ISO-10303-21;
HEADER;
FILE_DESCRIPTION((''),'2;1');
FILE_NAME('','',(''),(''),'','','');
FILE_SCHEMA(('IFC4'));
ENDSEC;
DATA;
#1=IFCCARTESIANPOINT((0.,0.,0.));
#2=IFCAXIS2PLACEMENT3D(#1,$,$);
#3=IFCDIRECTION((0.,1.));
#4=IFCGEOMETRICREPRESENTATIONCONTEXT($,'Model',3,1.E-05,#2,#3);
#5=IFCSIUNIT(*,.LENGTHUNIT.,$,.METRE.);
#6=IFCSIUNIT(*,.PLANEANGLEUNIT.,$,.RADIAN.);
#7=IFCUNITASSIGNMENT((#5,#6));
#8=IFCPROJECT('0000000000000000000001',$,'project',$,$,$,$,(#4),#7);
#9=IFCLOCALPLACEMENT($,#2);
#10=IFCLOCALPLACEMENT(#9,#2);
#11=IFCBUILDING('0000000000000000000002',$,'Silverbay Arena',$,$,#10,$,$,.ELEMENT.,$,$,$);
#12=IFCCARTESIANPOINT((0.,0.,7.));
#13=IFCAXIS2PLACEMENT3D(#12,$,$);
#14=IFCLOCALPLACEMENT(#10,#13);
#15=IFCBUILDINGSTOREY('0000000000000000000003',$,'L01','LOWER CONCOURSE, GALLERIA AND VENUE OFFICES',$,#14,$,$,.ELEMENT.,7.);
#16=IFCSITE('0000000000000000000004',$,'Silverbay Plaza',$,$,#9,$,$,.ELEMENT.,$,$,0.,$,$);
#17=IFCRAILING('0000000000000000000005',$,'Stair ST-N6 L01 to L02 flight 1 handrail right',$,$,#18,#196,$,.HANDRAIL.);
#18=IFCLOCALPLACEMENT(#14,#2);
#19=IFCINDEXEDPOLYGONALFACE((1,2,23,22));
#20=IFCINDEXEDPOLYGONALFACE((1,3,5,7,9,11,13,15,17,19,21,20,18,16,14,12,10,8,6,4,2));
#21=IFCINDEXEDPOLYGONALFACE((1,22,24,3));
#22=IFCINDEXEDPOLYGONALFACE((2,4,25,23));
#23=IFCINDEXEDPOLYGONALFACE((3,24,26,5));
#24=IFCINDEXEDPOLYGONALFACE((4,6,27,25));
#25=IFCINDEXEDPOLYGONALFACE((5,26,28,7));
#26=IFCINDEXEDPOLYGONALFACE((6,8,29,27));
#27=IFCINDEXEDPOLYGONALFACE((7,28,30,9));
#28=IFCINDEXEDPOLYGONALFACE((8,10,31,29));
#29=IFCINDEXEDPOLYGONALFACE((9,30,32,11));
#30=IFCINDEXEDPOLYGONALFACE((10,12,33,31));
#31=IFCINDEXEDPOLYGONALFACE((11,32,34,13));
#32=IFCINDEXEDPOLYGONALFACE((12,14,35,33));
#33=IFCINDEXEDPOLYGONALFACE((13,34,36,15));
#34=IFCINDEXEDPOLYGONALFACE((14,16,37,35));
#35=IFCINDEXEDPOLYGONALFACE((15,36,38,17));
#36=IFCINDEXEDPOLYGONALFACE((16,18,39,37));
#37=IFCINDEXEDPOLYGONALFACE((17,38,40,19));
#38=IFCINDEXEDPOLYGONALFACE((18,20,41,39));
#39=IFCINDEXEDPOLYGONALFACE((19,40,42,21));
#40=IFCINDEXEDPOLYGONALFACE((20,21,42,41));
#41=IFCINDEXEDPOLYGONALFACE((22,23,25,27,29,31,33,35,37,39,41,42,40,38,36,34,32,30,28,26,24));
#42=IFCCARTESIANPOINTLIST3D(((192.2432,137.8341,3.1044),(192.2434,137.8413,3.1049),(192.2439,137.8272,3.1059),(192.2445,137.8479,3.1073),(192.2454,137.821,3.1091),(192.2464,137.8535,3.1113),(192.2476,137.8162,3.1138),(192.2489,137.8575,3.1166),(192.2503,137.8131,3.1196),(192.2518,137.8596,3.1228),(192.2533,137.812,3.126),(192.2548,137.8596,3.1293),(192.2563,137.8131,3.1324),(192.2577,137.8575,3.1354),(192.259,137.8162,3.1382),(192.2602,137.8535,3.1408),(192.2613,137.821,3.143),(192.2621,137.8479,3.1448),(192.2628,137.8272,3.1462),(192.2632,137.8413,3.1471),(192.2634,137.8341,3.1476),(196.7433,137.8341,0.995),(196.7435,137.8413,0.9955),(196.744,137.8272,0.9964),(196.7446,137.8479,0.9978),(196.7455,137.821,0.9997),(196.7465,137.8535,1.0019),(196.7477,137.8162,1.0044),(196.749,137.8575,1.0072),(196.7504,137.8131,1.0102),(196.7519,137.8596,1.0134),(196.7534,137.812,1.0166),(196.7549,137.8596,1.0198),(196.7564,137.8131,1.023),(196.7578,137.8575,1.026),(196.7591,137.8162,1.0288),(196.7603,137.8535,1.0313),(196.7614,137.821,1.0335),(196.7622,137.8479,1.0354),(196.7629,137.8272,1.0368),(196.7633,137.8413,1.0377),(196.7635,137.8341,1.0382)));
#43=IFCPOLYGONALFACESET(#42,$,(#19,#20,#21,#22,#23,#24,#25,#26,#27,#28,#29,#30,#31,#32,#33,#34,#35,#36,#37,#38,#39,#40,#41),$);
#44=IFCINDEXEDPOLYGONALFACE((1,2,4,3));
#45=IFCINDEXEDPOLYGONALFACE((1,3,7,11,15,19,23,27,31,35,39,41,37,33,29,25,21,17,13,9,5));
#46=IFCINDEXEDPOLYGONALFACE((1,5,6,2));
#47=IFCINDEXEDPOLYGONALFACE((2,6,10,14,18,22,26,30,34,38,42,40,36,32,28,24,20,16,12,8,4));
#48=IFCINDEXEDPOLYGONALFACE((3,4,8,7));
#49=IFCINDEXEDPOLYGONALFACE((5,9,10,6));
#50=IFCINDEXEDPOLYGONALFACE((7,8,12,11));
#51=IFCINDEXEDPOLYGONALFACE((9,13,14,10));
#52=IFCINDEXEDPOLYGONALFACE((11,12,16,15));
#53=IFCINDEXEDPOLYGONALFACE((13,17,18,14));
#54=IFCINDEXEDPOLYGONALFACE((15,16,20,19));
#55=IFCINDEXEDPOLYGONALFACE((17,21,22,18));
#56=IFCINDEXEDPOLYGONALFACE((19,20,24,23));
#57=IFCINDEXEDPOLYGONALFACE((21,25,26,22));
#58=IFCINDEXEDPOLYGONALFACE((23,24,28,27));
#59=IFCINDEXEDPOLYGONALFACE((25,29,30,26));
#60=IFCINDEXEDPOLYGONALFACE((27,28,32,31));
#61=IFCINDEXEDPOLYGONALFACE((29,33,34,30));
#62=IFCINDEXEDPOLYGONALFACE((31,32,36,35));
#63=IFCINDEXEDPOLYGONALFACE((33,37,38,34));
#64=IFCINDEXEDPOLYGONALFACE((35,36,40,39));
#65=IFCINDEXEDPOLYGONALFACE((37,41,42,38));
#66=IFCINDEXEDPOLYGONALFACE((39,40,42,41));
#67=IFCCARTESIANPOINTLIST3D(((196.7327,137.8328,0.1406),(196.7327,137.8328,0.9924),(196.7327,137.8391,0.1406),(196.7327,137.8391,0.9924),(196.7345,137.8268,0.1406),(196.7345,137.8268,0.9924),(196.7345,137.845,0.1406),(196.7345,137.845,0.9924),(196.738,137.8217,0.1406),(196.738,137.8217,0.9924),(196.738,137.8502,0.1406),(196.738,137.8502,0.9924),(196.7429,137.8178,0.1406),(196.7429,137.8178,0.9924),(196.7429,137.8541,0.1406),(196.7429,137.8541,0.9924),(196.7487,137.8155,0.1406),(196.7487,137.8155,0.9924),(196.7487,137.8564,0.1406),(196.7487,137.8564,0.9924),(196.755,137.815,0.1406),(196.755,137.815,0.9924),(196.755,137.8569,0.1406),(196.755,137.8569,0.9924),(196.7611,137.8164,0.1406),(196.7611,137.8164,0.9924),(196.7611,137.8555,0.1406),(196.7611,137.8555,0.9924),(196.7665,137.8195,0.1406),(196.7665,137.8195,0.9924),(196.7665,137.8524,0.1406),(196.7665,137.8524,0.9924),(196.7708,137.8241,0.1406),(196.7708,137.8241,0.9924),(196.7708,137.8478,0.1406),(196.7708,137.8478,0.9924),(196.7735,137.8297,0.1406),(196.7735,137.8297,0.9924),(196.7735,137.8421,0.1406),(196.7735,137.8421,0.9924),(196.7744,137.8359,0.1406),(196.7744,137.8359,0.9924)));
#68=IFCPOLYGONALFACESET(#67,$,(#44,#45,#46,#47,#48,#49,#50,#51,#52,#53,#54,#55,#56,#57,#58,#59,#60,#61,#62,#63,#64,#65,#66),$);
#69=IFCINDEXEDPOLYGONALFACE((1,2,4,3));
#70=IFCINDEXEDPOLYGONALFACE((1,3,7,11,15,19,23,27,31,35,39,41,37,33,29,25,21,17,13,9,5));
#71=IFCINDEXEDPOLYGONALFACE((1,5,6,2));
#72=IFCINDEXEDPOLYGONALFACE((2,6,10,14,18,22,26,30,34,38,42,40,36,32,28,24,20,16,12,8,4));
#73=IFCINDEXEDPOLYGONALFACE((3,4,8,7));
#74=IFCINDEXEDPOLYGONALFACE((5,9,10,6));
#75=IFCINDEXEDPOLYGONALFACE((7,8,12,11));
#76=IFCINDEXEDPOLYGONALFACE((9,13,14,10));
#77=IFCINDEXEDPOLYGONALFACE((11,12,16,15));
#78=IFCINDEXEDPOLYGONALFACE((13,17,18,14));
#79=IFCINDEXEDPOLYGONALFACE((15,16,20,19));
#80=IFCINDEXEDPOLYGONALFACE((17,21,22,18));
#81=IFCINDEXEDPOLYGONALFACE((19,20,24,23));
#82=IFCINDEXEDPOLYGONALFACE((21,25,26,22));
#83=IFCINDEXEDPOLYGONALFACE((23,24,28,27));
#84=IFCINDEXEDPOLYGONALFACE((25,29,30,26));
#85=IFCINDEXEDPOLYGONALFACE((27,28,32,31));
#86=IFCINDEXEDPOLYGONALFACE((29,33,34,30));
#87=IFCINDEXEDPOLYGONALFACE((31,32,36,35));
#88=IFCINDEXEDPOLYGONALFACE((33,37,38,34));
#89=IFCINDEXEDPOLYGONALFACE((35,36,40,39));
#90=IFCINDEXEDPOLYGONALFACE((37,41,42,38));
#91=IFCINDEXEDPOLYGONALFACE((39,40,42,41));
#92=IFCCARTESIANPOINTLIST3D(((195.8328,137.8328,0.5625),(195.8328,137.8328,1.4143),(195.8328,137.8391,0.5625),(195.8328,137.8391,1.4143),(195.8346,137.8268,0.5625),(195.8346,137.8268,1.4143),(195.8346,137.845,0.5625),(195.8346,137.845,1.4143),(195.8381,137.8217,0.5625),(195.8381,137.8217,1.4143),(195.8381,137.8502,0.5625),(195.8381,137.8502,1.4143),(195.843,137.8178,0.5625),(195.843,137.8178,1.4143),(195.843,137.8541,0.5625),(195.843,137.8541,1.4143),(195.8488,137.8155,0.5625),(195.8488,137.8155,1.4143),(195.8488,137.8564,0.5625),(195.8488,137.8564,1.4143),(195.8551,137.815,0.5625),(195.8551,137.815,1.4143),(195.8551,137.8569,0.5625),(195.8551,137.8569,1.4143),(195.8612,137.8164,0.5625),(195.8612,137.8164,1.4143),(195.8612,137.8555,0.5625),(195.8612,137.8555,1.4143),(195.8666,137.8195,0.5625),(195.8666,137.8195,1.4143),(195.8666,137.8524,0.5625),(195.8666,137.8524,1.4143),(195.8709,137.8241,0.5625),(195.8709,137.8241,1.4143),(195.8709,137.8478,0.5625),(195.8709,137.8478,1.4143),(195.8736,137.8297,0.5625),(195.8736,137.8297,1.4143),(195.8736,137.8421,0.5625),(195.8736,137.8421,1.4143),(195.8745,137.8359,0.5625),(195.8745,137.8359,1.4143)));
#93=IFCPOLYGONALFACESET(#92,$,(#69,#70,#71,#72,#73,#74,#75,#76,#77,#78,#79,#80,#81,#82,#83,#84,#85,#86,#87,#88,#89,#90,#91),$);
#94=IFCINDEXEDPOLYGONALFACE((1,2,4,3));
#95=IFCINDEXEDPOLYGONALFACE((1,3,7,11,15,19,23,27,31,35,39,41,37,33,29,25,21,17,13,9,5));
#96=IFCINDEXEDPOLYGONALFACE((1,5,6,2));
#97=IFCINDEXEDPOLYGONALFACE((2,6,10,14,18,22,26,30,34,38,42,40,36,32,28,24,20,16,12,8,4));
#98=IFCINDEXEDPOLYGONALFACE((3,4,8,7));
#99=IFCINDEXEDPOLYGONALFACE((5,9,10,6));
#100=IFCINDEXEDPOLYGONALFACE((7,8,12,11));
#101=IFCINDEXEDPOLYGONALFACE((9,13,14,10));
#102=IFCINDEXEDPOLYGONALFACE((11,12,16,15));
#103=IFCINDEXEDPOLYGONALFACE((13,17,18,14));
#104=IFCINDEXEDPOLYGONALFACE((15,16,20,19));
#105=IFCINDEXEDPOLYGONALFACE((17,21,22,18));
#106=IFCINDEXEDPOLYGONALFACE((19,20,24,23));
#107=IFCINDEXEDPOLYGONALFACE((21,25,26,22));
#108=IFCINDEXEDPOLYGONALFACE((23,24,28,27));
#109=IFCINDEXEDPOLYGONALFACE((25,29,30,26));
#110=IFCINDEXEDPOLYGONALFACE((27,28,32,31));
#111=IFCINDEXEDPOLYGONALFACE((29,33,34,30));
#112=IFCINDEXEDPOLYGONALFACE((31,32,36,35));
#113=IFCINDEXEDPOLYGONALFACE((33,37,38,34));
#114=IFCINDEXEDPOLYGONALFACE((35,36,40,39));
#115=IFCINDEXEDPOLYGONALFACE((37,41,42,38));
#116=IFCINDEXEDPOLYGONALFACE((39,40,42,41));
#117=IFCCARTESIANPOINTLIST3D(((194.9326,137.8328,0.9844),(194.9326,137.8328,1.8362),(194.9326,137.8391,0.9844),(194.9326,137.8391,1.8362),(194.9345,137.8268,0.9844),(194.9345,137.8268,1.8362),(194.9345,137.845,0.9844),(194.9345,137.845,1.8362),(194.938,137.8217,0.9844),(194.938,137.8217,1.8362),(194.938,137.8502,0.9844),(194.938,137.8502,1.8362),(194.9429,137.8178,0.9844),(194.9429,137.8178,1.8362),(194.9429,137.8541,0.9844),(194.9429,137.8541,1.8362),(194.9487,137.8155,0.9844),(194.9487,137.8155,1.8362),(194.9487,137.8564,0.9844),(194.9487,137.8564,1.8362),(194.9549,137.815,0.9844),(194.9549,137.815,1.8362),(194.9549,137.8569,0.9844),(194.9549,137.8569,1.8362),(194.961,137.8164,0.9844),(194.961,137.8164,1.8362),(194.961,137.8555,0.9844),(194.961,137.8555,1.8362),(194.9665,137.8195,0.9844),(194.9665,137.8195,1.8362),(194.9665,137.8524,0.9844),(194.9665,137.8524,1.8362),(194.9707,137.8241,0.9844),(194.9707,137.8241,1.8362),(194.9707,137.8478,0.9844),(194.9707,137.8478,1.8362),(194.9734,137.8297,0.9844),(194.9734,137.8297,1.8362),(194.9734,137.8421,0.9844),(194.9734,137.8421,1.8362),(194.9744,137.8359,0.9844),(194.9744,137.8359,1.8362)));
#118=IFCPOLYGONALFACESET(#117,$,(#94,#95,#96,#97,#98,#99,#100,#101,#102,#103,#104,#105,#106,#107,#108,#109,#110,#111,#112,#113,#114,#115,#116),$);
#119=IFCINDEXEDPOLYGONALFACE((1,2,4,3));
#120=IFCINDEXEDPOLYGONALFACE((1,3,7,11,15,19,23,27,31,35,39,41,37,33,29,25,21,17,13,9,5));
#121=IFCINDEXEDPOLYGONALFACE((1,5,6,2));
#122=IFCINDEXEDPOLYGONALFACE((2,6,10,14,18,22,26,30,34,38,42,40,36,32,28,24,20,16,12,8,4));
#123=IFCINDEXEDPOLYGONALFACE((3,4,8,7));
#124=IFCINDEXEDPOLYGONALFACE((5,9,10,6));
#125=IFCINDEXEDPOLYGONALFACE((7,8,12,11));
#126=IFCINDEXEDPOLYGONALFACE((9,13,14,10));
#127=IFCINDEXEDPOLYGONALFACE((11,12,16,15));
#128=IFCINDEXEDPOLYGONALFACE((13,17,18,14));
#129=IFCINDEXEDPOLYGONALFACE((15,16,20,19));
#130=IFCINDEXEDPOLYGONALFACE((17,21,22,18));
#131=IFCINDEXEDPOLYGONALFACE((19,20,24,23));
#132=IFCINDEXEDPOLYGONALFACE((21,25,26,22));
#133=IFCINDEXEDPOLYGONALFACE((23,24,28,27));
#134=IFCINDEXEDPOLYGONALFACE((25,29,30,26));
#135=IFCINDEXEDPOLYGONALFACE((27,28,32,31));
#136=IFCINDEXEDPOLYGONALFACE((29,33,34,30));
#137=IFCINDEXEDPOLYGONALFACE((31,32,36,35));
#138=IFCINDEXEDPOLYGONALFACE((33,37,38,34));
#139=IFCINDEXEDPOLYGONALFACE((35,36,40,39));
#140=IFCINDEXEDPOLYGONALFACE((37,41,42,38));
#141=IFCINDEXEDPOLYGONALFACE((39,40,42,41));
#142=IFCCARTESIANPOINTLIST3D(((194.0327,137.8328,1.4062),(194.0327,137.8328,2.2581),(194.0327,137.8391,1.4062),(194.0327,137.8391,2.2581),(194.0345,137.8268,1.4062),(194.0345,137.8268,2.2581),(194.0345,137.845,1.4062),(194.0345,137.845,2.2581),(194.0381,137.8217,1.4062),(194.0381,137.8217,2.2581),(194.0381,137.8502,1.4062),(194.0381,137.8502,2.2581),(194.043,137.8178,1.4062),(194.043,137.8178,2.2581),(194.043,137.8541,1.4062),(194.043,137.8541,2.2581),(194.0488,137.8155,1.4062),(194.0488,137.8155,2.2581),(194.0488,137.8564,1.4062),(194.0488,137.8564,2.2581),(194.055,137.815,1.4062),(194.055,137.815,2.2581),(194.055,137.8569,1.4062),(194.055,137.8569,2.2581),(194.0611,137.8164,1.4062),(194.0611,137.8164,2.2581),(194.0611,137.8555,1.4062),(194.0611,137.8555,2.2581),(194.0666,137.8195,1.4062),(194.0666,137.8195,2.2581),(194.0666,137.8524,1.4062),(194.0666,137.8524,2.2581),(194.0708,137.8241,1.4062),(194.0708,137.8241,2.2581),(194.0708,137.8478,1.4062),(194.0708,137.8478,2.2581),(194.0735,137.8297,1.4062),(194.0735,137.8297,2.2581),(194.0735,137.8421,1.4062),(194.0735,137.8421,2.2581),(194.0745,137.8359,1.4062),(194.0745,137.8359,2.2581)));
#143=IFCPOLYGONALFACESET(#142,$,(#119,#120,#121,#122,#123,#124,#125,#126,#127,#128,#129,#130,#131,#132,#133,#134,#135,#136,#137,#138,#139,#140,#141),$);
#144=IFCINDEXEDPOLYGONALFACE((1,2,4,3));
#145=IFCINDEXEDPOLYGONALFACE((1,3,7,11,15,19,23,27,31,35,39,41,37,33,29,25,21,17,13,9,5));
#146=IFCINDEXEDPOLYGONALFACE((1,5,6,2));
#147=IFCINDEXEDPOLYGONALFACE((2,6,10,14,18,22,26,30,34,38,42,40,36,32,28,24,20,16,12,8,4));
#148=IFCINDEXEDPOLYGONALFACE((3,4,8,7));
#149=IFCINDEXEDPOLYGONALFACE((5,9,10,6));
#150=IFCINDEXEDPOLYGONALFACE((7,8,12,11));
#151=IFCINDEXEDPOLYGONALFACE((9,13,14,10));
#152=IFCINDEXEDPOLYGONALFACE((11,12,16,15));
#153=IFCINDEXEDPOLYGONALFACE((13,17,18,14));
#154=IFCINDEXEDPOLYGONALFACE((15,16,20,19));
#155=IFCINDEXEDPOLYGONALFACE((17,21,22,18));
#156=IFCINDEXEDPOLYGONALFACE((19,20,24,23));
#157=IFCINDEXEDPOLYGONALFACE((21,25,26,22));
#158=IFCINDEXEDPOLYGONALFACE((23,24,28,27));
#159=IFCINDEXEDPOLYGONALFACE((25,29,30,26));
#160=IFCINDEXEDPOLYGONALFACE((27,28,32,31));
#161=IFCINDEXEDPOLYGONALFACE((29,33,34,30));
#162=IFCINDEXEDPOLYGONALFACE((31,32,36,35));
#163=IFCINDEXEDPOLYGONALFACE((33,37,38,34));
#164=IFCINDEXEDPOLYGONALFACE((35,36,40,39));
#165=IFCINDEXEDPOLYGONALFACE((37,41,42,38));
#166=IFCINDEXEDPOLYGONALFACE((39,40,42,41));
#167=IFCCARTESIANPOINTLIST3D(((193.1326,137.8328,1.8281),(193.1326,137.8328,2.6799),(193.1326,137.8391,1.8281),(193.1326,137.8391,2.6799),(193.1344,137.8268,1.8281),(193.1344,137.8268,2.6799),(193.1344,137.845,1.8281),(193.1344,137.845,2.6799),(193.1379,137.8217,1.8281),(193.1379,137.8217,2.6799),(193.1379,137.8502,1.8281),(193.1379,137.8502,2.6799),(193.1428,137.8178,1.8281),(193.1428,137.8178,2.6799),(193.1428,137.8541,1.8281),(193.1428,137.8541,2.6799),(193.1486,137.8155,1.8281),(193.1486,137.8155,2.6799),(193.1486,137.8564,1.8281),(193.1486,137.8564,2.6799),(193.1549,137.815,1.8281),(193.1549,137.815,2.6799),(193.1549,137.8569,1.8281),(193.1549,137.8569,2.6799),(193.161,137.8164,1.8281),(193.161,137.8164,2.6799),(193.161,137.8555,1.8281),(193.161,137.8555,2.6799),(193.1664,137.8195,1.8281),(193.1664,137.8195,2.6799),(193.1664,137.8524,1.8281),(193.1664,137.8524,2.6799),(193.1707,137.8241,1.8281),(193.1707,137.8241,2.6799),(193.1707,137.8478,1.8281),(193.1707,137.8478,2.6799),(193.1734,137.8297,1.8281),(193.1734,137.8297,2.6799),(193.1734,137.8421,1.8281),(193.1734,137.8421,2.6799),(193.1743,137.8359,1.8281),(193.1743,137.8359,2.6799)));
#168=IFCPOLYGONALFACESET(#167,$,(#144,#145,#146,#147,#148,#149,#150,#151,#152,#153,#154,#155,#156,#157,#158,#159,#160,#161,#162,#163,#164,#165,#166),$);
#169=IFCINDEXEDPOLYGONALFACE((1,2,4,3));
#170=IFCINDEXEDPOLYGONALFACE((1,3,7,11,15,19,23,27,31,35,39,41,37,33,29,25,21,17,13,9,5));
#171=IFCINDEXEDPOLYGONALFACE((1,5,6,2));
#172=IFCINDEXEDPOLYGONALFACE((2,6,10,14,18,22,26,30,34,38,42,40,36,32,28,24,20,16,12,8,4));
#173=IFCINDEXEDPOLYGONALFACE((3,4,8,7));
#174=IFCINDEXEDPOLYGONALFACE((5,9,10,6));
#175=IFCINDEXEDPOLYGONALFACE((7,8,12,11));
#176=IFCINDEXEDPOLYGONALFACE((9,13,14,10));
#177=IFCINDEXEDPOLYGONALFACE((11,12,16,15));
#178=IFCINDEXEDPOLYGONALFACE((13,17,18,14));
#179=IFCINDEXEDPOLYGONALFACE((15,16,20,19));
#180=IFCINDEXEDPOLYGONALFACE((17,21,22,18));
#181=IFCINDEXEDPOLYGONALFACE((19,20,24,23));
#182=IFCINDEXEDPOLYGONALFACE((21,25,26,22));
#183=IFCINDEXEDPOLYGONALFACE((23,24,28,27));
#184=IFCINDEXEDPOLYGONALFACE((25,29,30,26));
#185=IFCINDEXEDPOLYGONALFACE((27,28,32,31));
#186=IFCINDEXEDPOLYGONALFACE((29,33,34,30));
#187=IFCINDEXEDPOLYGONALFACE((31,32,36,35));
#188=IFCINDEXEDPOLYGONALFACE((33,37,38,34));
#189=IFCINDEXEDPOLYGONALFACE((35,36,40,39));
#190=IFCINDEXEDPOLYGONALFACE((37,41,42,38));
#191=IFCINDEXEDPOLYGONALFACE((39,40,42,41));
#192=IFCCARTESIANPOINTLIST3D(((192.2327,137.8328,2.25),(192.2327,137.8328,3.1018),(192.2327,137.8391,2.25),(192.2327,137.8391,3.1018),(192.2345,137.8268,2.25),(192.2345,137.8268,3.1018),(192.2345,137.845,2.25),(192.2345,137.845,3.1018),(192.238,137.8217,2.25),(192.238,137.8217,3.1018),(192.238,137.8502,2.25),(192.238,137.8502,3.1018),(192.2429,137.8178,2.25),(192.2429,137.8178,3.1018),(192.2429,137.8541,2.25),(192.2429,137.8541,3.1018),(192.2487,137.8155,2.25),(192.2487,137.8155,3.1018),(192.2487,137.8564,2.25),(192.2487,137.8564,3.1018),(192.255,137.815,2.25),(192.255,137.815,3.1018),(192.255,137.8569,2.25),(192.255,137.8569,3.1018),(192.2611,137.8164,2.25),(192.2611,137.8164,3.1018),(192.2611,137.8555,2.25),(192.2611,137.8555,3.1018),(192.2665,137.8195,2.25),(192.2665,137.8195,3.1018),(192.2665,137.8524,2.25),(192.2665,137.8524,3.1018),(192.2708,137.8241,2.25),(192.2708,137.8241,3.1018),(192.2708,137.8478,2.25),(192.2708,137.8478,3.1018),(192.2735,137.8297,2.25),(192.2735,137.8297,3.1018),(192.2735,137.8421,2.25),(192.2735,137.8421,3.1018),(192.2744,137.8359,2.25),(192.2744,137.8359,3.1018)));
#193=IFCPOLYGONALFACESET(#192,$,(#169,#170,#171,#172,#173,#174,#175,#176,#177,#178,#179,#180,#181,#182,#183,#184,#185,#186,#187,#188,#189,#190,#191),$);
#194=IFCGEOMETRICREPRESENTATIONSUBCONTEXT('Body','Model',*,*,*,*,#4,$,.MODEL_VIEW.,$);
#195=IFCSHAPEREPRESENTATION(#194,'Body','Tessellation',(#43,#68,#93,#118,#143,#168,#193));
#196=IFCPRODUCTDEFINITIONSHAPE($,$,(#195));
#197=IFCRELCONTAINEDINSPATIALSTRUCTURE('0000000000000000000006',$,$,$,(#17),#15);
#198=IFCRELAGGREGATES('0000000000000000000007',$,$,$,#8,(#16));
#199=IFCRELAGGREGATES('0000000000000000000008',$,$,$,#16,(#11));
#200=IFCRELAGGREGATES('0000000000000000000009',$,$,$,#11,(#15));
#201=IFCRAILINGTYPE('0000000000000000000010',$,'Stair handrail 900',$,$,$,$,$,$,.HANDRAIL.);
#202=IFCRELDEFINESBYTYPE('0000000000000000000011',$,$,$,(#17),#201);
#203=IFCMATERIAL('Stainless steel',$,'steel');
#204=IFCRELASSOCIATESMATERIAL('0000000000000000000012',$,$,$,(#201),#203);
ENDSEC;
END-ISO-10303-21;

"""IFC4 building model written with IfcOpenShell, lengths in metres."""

from ifc_helpers import new_model, si_unit, direction, frame, origin, origin_2d, place, context, subcontext, project, spatial, circle, extrude, material, type_object, element, save


model = new_model("IFC4")

# Units and contexts
model_context = context("Model", 3, precision=1e-05, world=origin(), true_north=direction((0.0, 1.0)))
body_context = subcontext(model_context, "Body", "Model", "MODEL_VIEW")
ifc_project = project(units=[si_unit("LENGTHUNIT", "METRE"), si_unit("PLANEANGLEUNIT", "RADIAN")], contexts=[model_context])

# Site, building, storey
site_placement = place(None, origin())
site = spatial("IfcSite", under=ifc_project, at=site_placement, Name="Silverbay Plaza", CompositionType="ELEMENT", RefElevation=0.0)
building_placement = place(site_placement, origin())
building = spatial("IfcBuilding", under=site, at=building_placement, Name="Silverbay Arena", CompositionType="ELEMENT")
storey_placement = place(building_placement, frame((0.0, 0.0, 7.0)))
storey = spatial("IfcBuildingStorey", under=building, at=storey_placement, Name="L01", Description="LOWER CONCOURSE, GALLERIA AND VENUE OFFICES", CompositionType="ELEMENT", Elevation=7.0)

# Railing
ifc_material_1 = material(Name="Stainless steel", Category="steel")
railing_type_1 = type_object("IfcRailingType", Name="Stair handrail 900", PredefinedType="HANDRAIL", material=ifc_material_1)
for number, where, name in (
    (1, (196.7534, 137.8359, 0.1406), "Stair ST-N6 L01 to L02 flight 1 handrail right"),
):
    element("IfcRailing", number, at=place(storey_placement, frame(where)), inside=storey, type_object=railing_type_1, Name=name, PredefinedType="HANDRAIL", context=body_context, shape_type="SweptSolid", body=[
        extrude(circle(Radius=0.0239, at=origin_2d()), frame((0.0, 0.0, 0.876), z_axis=(-0.905459, 0.0, 0.424434), x_axis=(0.0, -1.0, 0.0)), (0.0, 0.0, 1.0), 4.97),
        extrude(circle(Radius=0.021, at=origin_2d()), origin(), (0.0, 0.0, 1.0), 0.8518),
        extrude(circle(Radius=0.021, at=origin_2d()), frame((-0.8999, 0.0, 0.4219)), (0.0, 0.0, 1.0), 0.8518),
        extrude(circle(Radius=0.021, at=origin_2d()), frame((-1.8, 0.0, 0.8438)), (0.0, 0.0, 1.0), 0.8518),
        extrude(circle(Radius=0.021, at=origin_2d()), frame((-2.7, 0.0, 1.2656)), (0.0, 0.0, 1.0), 0.8518),
        extrude(circle(Radius=0.021, at=origin_2d()), frame((-3.6001, 0.0, 1.6875)), (0.0, 0.0, 1.0), 0.8518),
        extrude(circle(Radius=0.021, at=origin_2d()), frame((-4.5, 0.0, 2.1094)), (0.0, 0.0, 1.0), 0.8518),
    ])

save(model, "model.ifc")
